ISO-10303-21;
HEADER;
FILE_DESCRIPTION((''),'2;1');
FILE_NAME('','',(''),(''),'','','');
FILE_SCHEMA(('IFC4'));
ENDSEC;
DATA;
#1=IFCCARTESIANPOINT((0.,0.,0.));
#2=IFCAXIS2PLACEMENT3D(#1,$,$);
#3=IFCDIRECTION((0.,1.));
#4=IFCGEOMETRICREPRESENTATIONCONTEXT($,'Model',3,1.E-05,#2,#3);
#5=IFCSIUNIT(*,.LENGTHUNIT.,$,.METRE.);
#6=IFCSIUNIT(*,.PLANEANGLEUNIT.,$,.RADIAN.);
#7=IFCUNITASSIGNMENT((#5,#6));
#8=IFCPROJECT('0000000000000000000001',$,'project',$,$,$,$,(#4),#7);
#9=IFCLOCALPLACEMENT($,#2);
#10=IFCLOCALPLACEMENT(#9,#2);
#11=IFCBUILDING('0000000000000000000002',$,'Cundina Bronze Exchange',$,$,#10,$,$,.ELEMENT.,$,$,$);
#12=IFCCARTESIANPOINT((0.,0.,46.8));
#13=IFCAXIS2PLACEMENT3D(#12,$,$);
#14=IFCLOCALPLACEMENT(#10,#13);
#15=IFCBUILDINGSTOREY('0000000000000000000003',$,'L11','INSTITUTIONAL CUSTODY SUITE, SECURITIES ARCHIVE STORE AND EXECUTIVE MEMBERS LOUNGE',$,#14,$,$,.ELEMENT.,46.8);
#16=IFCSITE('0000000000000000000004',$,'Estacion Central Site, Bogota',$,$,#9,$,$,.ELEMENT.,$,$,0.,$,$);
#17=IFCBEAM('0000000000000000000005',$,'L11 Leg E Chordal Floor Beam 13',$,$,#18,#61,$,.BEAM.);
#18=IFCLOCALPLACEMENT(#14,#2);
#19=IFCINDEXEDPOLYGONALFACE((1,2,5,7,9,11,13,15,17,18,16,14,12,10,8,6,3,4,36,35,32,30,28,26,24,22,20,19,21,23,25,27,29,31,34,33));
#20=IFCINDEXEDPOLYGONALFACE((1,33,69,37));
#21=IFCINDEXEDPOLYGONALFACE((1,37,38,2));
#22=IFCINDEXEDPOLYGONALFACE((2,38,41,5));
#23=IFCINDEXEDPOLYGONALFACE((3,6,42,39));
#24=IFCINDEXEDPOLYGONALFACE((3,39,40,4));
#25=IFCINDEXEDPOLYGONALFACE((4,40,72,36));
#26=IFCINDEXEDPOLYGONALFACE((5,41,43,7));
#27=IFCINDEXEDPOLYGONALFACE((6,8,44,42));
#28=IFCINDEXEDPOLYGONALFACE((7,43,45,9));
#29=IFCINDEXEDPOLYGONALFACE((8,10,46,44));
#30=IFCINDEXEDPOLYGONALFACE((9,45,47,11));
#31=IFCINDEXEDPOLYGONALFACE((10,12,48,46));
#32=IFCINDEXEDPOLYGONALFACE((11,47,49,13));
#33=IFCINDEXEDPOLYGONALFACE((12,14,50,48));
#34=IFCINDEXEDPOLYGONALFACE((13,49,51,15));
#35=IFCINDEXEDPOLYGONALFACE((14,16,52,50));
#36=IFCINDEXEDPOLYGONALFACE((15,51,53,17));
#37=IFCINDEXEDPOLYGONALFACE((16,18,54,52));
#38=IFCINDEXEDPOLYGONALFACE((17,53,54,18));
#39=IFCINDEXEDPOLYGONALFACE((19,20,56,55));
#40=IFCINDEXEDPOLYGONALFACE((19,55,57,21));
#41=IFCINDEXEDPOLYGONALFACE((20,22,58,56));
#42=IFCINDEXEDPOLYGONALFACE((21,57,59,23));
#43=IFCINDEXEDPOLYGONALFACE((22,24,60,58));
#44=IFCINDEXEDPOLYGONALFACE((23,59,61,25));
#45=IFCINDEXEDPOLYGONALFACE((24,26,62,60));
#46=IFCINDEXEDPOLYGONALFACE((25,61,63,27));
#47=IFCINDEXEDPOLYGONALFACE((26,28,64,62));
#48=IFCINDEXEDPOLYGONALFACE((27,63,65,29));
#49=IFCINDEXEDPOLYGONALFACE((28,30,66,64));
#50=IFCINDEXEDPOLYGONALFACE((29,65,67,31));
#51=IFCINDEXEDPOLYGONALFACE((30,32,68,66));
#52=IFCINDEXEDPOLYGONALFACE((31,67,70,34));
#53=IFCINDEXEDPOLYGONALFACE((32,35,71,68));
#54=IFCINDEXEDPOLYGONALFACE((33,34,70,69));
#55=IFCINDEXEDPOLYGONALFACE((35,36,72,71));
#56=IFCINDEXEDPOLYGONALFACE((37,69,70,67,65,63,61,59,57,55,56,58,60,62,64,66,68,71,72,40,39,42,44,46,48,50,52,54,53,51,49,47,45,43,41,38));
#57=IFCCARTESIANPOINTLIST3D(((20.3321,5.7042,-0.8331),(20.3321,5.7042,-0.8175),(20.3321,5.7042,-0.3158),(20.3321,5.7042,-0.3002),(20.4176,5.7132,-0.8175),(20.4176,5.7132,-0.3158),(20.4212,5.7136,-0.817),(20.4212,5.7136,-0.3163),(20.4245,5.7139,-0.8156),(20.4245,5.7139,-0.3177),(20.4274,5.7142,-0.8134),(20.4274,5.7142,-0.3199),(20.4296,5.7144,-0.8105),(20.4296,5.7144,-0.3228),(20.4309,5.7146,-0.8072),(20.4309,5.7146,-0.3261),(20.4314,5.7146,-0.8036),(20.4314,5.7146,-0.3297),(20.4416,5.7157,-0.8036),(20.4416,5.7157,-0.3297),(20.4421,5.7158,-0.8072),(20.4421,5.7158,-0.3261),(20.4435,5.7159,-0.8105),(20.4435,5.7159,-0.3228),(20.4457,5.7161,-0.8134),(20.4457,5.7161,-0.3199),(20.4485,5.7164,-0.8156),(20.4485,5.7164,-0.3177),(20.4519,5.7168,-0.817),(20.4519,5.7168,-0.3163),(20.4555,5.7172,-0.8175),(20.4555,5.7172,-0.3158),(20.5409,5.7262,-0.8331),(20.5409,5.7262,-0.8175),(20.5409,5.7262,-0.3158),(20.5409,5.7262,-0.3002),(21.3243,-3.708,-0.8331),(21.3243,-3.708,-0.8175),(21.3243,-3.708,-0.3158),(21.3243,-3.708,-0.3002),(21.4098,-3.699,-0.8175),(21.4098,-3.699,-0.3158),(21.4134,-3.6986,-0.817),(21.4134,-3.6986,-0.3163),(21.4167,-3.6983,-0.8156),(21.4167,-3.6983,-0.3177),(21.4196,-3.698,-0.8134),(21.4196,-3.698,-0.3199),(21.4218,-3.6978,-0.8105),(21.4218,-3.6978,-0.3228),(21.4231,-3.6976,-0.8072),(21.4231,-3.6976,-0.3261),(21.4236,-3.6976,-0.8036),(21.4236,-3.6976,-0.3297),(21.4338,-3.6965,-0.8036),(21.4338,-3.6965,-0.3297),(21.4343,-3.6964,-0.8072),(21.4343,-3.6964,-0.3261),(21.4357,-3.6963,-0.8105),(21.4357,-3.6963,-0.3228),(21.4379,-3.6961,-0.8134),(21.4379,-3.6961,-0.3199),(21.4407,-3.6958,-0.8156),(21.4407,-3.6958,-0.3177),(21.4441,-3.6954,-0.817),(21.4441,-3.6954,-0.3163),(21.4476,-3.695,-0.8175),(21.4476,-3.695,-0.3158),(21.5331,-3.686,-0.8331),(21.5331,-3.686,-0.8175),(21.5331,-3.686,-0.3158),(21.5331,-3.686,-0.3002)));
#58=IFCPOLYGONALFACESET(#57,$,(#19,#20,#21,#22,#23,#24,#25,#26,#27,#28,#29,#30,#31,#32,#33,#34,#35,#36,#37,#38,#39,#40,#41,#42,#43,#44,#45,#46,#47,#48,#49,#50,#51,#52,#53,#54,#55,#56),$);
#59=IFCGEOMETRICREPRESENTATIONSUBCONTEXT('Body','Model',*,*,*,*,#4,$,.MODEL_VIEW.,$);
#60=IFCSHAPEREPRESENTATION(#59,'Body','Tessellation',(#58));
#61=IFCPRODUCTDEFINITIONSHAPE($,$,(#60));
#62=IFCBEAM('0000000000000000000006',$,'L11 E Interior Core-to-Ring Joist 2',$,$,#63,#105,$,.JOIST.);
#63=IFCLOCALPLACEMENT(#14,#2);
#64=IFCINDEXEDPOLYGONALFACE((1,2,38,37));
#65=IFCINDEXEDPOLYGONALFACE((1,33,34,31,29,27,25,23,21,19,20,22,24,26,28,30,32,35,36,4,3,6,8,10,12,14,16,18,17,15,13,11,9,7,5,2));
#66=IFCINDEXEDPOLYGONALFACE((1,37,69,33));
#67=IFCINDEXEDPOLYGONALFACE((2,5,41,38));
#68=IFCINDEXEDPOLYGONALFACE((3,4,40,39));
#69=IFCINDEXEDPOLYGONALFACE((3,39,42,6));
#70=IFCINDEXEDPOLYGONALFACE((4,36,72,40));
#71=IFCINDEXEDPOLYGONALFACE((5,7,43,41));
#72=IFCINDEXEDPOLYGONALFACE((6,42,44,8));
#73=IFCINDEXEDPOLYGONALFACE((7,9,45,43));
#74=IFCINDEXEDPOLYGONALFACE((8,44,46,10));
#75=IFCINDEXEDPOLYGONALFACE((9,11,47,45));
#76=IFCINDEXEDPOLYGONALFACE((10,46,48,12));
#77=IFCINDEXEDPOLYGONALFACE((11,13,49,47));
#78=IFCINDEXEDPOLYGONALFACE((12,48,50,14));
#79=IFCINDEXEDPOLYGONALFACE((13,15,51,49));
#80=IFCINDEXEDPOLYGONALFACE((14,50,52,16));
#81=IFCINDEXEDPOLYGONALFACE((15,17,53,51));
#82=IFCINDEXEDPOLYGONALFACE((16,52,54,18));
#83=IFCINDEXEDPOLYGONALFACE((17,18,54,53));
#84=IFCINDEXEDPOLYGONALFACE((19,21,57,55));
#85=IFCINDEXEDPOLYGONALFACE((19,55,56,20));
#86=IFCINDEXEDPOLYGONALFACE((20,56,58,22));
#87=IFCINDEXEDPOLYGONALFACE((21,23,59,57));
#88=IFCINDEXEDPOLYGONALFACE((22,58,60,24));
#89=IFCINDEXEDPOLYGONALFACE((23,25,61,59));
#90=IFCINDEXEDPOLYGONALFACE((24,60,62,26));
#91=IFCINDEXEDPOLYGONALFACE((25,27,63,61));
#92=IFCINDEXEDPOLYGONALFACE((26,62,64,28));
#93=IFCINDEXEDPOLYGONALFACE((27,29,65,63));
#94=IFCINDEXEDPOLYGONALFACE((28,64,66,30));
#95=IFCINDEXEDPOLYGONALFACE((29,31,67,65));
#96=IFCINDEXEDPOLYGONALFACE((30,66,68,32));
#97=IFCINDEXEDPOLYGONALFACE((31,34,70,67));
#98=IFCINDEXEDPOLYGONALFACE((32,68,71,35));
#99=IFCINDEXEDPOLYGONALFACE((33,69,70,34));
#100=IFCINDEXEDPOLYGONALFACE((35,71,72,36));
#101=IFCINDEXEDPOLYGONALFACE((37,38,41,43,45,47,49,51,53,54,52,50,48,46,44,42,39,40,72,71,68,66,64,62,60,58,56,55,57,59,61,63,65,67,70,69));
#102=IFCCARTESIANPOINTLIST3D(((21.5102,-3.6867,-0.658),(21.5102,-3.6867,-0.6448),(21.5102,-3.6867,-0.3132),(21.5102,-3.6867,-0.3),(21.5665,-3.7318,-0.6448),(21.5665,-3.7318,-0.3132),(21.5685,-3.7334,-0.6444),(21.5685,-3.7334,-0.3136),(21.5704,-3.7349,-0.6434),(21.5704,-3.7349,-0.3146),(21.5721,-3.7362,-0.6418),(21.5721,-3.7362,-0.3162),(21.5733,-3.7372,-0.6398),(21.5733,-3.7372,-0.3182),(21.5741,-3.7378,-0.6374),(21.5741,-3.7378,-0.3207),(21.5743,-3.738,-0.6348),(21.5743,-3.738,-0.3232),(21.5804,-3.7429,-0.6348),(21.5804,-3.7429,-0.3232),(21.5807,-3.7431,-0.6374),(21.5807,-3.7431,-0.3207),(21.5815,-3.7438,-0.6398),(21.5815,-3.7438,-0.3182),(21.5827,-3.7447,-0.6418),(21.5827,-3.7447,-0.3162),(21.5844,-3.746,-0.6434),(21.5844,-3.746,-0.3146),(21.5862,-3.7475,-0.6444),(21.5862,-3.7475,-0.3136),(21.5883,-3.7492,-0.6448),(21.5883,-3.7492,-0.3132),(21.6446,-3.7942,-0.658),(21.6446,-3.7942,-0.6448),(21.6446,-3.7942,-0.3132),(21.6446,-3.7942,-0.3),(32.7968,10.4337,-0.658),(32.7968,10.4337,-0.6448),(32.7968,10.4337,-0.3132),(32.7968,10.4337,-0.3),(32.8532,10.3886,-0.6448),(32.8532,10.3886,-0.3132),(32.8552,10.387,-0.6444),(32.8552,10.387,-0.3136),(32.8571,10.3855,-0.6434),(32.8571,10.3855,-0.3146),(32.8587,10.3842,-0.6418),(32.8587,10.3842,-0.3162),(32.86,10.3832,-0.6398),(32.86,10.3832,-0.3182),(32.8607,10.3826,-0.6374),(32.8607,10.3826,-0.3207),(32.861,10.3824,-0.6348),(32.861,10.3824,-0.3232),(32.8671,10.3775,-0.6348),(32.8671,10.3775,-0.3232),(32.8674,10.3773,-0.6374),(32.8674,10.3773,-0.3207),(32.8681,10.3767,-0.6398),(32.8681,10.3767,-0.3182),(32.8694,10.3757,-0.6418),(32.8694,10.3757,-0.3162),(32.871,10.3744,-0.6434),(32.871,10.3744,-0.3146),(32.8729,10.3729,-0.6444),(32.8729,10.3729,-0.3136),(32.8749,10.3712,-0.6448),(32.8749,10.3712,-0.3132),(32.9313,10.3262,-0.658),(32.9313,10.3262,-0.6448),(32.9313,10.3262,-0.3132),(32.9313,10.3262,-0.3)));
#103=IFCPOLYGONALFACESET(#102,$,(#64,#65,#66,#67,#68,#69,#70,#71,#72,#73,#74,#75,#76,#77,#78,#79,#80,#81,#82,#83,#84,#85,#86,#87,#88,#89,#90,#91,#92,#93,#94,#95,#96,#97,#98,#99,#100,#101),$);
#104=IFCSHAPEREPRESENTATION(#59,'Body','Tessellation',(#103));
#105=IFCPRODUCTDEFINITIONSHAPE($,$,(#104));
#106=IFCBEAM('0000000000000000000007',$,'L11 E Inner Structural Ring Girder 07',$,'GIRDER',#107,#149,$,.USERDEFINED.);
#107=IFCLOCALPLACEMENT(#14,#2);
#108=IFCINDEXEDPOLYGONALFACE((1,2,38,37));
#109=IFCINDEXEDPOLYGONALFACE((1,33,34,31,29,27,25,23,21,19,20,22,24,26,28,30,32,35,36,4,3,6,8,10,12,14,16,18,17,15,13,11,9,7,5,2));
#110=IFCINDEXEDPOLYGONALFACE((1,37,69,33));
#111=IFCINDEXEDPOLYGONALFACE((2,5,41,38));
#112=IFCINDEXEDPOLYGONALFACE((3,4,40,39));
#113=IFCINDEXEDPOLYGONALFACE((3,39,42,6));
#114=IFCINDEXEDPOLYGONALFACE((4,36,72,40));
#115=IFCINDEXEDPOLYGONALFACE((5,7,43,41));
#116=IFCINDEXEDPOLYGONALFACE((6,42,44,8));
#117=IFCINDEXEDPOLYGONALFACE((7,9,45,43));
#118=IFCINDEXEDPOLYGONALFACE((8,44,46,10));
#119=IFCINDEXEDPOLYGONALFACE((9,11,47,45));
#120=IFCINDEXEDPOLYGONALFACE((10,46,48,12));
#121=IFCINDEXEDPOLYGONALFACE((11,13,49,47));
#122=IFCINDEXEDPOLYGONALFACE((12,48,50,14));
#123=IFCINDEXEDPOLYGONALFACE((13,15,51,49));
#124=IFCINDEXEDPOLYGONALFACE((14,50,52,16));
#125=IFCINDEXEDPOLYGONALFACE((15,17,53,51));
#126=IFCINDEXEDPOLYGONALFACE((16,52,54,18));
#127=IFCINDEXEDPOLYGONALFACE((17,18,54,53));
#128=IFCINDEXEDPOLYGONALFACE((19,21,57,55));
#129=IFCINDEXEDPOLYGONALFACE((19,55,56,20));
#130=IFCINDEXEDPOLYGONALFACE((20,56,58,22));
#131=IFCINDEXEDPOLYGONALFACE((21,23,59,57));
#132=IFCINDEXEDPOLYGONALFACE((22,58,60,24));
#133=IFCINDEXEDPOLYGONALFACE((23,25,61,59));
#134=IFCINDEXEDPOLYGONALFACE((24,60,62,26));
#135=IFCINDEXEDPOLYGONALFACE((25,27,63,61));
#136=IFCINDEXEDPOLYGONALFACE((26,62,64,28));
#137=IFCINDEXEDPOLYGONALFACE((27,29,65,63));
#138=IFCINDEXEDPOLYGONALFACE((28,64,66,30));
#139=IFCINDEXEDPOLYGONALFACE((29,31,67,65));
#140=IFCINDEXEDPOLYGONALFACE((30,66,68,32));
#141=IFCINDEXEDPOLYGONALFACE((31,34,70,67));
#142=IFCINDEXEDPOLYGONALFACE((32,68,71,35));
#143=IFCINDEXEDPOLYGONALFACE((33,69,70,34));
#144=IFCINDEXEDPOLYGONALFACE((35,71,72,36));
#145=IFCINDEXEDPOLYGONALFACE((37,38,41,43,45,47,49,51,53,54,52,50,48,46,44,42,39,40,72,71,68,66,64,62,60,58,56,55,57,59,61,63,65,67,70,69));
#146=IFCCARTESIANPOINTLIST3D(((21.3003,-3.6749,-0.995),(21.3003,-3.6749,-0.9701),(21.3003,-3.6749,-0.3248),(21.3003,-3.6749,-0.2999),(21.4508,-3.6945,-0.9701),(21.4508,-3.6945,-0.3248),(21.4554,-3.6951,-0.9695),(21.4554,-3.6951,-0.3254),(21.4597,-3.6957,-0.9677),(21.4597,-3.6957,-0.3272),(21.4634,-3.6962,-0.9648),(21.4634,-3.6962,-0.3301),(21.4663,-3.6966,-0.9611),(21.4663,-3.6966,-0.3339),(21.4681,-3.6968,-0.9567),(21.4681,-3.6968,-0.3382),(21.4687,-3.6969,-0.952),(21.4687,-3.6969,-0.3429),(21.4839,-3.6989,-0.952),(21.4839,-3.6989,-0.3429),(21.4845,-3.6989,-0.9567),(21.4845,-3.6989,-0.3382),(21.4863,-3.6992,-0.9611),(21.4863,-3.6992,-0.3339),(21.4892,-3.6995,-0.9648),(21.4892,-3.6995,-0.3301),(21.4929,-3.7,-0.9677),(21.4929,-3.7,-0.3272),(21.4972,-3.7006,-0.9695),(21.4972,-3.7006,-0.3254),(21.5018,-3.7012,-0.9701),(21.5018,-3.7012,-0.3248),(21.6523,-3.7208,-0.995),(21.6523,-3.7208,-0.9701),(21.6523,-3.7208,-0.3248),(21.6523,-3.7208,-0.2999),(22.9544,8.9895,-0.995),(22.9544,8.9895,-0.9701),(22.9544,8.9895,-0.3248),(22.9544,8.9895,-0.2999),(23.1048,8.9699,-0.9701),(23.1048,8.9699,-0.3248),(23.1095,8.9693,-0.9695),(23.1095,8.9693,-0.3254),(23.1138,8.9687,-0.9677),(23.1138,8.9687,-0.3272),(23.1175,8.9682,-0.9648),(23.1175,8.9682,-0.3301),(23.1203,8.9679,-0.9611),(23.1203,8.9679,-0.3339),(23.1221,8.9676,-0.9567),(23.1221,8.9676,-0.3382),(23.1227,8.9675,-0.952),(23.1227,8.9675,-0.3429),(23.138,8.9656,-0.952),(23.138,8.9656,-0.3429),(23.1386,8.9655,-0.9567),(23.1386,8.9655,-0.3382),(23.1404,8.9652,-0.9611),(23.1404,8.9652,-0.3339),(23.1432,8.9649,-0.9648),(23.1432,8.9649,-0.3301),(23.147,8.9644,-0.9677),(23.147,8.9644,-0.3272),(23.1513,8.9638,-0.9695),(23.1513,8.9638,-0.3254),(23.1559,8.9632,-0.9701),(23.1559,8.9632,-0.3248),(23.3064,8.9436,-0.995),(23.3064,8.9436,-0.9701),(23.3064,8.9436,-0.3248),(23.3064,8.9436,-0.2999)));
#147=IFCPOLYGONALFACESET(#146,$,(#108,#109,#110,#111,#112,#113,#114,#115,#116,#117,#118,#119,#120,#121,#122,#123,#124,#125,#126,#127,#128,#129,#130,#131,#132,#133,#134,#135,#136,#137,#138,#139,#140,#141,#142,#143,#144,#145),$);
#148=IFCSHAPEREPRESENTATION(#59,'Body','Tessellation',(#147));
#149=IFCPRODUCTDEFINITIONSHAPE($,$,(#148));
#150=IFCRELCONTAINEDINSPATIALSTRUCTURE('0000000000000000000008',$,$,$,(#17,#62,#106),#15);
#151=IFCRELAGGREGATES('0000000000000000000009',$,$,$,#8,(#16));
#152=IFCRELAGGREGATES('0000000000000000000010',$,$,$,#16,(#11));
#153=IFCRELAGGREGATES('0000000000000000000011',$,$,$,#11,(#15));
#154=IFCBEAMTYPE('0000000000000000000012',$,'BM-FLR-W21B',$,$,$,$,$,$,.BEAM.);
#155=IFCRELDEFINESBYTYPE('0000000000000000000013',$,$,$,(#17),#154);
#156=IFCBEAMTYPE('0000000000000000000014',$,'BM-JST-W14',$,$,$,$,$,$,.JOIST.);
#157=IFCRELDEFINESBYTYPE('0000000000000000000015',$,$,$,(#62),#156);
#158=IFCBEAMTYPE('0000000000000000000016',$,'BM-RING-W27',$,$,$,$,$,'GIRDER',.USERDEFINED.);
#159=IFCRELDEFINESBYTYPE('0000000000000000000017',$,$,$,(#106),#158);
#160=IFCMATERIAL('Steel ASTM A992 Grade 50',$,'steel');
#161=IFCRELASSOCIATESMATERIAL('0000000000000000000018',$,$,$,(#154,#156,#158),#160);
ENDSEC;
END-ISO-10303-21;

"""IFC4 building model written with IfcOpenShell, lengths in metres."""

from ifc_helpers import new_model, si_unit, direction, frame, origin, origin_2d, place, context, subcontext, project, spatial, i_section, extrude, material, material_profile, profile_set, type_object, element, save


model = new_model("IFC4")

# Units and contexts
model_context = context("Model", 3, precision=1e-05, world=origin(), true_north=direction((0.0, 1.0)))
body_context = subcontext(model_context, "Body", "Model", "MODEL_VIEW")
ifc_project = project(units=[si_unit("LENGTHUNIT", "METRE"), si_unit("PLANEANGLEUNIT", "RADIAN")], contexts=[model_context])

# Site, building, storey
site_placement = place(None, origin())
site = spatial("IfcSite", under=ifc_project, at=site_placement, Name="Estacion Central Site, Bogota", CompositionType="ELEMENT", RefElevation=0.0)
building_placement = place(site_placement, origin())
building = spatial("IfcBuilding", under=site, at=building_placement, Name="Cundina Bronze Exchange", CompositionType="ELEMENT")
storey_placement = place(building_placement, frame((0.0, 0.0, 46.8)))
storey = spatial("IfcBuildingStorey", under=building, at=storey_placement, Name="L11", Description="INSTITUTIONAL CUSTODY SUITE, SECURITIES ARCHIVE STORE AND EXECUTIVE MEMBERS LOUNGE", CompositionType="ELEMENT", Elevation=46.8)

# Shared definitions
ifc_material_1 = material(Name="Steel ASTM A992 Grade 50", Category="steel")

# Beams
ifc_material_profile_1 = material_profile(ifc_material_1, i_section(OverallWidth=0.21, OverallDepth=0.533, WebThickness=0.0103, FlangeThickness=0.0156, FilletRadius=0.0139, at=origin_2d()), Name="W21X62", Category="steel")
ifc_profile_set_1 = profile_set([ifc_material_profile_1], Name="Steel ASTM A992 Grade 50")
beam_type_1 = type_object("IfcBeamType", Name="BM-FLR-W21B", PredefinedType="BEAM", material=ifc_profile_set_1)
beam_1_placement = place(storey_placement, frame((21.4287, -3.697, -0.5667), z_axis=(-0.104835, 0.99449, 0.0), x_axis=(-0.99449, -0.104835, 0.0)))
element("IfcBeam", 1, at=beam_1_placement, inside=storey, type_object=beam_type_1, Name="L11 Leg E Chordal Floor Beam 13", PredefinedType="BEAM", context=body_context, shape_type="SweptSolid", body=[
    extrude(i_section(OverallWidth=0.21, OverallDepth=0.533, WebThickness=0.0103, FlangeThickness=0.0156, FilletRadius=0.0139, at=origin_2d()), origin(), (0.0, 0.0, 1.0), 9.4644),
])
ifc_material_profile_2 = material_profile(ifc_material_1, i_section(OverallWidth=0.1721, OverallDepth=0.3579, WebThickness=0.0078, FlangeThickness=0.0132, FilletRadius=0.01, at=origin_2d()), Name="W14X38", Category="steel")
ifc_profile_set_2 = profile_set([ifc_material_profile_2], Name="Steel ASTM A992 Grade 50")
beam_type_2 = type_object("IfcBeamType", Name="BM-JST-W14", PredefinedType="JOIST", material=ifc_profile_set_2)
beam_2_placement = place(storey_placement, frame((21.5774, -3.7405, -0.479), z_axis=(0.624369, 0.78113, 0.0), x_axis=(-0.78113, 0.624369, 0.0)))
element("IfcBeam", 2, at=beam_2_placement, inside=storey, type_object=beam_type_2, Name="L11 E Interior Core-to-Ring Joist 2", PredefinedType="JOIST", context=body_context, shape_type="SweptSolid", body=[
    extrude(i_section(OverallWidth=0.1721, OverallDepth=0.3579, WebThickness=0.0078, FlangeThickness=0.0132, FilletRadius=0.01, at=origin_2d()), origin(), (0.0, 0.0, 1.0), 18.0769),
])
ifc_material_profile_3 = material_profile(ifc_material_1, i_section(OverallWidth=0.355, OverallDepth=0.6951, WebThickness=0.0154, FlangeThickness=0.0249, FilletRadius=0.0181, at=origin_2d()), Name="W27X146", Category="steel")
ifc_profile_set_3 = profile_set([ifc_material_profile_3], Name="Steel ASTM A992 Grade 50")
beam_type_3 = type_object("IfcBeamType", Name="BM-RING-W27", ElementType="GIRDER", PredefinedType="USERDEFINED", material=ifc_profile_set_3)
beam_3_placement = place(storey_placement, frame((23.1304, 8.9666, -0.6475), z_axis=(-0.129508, -0.991578, 0.0), x_axis=(0.991578, -0.129508, 0.0)))
element("IfcBeam", 3, at=beam_3_placement, inside=storey, type_object=beam_type_3, Name="L11 E Inner Structural Ring Girder 07", ObjectType="GIRDER", PredefinedType="USERDEFINED", context=body_context, shape_type="SweptSolid", body=[
    extrude(i_section(OverallWidth=0.355, OverallDepth=0.6951, WebThickness=0.0154, FlangeThickness=0.0249, FilletRadius=0.0181, at=origin_2d()), origin(), (0.0, 0.0, 1.0), 12.772),
])

save(model, "model.ifc")
